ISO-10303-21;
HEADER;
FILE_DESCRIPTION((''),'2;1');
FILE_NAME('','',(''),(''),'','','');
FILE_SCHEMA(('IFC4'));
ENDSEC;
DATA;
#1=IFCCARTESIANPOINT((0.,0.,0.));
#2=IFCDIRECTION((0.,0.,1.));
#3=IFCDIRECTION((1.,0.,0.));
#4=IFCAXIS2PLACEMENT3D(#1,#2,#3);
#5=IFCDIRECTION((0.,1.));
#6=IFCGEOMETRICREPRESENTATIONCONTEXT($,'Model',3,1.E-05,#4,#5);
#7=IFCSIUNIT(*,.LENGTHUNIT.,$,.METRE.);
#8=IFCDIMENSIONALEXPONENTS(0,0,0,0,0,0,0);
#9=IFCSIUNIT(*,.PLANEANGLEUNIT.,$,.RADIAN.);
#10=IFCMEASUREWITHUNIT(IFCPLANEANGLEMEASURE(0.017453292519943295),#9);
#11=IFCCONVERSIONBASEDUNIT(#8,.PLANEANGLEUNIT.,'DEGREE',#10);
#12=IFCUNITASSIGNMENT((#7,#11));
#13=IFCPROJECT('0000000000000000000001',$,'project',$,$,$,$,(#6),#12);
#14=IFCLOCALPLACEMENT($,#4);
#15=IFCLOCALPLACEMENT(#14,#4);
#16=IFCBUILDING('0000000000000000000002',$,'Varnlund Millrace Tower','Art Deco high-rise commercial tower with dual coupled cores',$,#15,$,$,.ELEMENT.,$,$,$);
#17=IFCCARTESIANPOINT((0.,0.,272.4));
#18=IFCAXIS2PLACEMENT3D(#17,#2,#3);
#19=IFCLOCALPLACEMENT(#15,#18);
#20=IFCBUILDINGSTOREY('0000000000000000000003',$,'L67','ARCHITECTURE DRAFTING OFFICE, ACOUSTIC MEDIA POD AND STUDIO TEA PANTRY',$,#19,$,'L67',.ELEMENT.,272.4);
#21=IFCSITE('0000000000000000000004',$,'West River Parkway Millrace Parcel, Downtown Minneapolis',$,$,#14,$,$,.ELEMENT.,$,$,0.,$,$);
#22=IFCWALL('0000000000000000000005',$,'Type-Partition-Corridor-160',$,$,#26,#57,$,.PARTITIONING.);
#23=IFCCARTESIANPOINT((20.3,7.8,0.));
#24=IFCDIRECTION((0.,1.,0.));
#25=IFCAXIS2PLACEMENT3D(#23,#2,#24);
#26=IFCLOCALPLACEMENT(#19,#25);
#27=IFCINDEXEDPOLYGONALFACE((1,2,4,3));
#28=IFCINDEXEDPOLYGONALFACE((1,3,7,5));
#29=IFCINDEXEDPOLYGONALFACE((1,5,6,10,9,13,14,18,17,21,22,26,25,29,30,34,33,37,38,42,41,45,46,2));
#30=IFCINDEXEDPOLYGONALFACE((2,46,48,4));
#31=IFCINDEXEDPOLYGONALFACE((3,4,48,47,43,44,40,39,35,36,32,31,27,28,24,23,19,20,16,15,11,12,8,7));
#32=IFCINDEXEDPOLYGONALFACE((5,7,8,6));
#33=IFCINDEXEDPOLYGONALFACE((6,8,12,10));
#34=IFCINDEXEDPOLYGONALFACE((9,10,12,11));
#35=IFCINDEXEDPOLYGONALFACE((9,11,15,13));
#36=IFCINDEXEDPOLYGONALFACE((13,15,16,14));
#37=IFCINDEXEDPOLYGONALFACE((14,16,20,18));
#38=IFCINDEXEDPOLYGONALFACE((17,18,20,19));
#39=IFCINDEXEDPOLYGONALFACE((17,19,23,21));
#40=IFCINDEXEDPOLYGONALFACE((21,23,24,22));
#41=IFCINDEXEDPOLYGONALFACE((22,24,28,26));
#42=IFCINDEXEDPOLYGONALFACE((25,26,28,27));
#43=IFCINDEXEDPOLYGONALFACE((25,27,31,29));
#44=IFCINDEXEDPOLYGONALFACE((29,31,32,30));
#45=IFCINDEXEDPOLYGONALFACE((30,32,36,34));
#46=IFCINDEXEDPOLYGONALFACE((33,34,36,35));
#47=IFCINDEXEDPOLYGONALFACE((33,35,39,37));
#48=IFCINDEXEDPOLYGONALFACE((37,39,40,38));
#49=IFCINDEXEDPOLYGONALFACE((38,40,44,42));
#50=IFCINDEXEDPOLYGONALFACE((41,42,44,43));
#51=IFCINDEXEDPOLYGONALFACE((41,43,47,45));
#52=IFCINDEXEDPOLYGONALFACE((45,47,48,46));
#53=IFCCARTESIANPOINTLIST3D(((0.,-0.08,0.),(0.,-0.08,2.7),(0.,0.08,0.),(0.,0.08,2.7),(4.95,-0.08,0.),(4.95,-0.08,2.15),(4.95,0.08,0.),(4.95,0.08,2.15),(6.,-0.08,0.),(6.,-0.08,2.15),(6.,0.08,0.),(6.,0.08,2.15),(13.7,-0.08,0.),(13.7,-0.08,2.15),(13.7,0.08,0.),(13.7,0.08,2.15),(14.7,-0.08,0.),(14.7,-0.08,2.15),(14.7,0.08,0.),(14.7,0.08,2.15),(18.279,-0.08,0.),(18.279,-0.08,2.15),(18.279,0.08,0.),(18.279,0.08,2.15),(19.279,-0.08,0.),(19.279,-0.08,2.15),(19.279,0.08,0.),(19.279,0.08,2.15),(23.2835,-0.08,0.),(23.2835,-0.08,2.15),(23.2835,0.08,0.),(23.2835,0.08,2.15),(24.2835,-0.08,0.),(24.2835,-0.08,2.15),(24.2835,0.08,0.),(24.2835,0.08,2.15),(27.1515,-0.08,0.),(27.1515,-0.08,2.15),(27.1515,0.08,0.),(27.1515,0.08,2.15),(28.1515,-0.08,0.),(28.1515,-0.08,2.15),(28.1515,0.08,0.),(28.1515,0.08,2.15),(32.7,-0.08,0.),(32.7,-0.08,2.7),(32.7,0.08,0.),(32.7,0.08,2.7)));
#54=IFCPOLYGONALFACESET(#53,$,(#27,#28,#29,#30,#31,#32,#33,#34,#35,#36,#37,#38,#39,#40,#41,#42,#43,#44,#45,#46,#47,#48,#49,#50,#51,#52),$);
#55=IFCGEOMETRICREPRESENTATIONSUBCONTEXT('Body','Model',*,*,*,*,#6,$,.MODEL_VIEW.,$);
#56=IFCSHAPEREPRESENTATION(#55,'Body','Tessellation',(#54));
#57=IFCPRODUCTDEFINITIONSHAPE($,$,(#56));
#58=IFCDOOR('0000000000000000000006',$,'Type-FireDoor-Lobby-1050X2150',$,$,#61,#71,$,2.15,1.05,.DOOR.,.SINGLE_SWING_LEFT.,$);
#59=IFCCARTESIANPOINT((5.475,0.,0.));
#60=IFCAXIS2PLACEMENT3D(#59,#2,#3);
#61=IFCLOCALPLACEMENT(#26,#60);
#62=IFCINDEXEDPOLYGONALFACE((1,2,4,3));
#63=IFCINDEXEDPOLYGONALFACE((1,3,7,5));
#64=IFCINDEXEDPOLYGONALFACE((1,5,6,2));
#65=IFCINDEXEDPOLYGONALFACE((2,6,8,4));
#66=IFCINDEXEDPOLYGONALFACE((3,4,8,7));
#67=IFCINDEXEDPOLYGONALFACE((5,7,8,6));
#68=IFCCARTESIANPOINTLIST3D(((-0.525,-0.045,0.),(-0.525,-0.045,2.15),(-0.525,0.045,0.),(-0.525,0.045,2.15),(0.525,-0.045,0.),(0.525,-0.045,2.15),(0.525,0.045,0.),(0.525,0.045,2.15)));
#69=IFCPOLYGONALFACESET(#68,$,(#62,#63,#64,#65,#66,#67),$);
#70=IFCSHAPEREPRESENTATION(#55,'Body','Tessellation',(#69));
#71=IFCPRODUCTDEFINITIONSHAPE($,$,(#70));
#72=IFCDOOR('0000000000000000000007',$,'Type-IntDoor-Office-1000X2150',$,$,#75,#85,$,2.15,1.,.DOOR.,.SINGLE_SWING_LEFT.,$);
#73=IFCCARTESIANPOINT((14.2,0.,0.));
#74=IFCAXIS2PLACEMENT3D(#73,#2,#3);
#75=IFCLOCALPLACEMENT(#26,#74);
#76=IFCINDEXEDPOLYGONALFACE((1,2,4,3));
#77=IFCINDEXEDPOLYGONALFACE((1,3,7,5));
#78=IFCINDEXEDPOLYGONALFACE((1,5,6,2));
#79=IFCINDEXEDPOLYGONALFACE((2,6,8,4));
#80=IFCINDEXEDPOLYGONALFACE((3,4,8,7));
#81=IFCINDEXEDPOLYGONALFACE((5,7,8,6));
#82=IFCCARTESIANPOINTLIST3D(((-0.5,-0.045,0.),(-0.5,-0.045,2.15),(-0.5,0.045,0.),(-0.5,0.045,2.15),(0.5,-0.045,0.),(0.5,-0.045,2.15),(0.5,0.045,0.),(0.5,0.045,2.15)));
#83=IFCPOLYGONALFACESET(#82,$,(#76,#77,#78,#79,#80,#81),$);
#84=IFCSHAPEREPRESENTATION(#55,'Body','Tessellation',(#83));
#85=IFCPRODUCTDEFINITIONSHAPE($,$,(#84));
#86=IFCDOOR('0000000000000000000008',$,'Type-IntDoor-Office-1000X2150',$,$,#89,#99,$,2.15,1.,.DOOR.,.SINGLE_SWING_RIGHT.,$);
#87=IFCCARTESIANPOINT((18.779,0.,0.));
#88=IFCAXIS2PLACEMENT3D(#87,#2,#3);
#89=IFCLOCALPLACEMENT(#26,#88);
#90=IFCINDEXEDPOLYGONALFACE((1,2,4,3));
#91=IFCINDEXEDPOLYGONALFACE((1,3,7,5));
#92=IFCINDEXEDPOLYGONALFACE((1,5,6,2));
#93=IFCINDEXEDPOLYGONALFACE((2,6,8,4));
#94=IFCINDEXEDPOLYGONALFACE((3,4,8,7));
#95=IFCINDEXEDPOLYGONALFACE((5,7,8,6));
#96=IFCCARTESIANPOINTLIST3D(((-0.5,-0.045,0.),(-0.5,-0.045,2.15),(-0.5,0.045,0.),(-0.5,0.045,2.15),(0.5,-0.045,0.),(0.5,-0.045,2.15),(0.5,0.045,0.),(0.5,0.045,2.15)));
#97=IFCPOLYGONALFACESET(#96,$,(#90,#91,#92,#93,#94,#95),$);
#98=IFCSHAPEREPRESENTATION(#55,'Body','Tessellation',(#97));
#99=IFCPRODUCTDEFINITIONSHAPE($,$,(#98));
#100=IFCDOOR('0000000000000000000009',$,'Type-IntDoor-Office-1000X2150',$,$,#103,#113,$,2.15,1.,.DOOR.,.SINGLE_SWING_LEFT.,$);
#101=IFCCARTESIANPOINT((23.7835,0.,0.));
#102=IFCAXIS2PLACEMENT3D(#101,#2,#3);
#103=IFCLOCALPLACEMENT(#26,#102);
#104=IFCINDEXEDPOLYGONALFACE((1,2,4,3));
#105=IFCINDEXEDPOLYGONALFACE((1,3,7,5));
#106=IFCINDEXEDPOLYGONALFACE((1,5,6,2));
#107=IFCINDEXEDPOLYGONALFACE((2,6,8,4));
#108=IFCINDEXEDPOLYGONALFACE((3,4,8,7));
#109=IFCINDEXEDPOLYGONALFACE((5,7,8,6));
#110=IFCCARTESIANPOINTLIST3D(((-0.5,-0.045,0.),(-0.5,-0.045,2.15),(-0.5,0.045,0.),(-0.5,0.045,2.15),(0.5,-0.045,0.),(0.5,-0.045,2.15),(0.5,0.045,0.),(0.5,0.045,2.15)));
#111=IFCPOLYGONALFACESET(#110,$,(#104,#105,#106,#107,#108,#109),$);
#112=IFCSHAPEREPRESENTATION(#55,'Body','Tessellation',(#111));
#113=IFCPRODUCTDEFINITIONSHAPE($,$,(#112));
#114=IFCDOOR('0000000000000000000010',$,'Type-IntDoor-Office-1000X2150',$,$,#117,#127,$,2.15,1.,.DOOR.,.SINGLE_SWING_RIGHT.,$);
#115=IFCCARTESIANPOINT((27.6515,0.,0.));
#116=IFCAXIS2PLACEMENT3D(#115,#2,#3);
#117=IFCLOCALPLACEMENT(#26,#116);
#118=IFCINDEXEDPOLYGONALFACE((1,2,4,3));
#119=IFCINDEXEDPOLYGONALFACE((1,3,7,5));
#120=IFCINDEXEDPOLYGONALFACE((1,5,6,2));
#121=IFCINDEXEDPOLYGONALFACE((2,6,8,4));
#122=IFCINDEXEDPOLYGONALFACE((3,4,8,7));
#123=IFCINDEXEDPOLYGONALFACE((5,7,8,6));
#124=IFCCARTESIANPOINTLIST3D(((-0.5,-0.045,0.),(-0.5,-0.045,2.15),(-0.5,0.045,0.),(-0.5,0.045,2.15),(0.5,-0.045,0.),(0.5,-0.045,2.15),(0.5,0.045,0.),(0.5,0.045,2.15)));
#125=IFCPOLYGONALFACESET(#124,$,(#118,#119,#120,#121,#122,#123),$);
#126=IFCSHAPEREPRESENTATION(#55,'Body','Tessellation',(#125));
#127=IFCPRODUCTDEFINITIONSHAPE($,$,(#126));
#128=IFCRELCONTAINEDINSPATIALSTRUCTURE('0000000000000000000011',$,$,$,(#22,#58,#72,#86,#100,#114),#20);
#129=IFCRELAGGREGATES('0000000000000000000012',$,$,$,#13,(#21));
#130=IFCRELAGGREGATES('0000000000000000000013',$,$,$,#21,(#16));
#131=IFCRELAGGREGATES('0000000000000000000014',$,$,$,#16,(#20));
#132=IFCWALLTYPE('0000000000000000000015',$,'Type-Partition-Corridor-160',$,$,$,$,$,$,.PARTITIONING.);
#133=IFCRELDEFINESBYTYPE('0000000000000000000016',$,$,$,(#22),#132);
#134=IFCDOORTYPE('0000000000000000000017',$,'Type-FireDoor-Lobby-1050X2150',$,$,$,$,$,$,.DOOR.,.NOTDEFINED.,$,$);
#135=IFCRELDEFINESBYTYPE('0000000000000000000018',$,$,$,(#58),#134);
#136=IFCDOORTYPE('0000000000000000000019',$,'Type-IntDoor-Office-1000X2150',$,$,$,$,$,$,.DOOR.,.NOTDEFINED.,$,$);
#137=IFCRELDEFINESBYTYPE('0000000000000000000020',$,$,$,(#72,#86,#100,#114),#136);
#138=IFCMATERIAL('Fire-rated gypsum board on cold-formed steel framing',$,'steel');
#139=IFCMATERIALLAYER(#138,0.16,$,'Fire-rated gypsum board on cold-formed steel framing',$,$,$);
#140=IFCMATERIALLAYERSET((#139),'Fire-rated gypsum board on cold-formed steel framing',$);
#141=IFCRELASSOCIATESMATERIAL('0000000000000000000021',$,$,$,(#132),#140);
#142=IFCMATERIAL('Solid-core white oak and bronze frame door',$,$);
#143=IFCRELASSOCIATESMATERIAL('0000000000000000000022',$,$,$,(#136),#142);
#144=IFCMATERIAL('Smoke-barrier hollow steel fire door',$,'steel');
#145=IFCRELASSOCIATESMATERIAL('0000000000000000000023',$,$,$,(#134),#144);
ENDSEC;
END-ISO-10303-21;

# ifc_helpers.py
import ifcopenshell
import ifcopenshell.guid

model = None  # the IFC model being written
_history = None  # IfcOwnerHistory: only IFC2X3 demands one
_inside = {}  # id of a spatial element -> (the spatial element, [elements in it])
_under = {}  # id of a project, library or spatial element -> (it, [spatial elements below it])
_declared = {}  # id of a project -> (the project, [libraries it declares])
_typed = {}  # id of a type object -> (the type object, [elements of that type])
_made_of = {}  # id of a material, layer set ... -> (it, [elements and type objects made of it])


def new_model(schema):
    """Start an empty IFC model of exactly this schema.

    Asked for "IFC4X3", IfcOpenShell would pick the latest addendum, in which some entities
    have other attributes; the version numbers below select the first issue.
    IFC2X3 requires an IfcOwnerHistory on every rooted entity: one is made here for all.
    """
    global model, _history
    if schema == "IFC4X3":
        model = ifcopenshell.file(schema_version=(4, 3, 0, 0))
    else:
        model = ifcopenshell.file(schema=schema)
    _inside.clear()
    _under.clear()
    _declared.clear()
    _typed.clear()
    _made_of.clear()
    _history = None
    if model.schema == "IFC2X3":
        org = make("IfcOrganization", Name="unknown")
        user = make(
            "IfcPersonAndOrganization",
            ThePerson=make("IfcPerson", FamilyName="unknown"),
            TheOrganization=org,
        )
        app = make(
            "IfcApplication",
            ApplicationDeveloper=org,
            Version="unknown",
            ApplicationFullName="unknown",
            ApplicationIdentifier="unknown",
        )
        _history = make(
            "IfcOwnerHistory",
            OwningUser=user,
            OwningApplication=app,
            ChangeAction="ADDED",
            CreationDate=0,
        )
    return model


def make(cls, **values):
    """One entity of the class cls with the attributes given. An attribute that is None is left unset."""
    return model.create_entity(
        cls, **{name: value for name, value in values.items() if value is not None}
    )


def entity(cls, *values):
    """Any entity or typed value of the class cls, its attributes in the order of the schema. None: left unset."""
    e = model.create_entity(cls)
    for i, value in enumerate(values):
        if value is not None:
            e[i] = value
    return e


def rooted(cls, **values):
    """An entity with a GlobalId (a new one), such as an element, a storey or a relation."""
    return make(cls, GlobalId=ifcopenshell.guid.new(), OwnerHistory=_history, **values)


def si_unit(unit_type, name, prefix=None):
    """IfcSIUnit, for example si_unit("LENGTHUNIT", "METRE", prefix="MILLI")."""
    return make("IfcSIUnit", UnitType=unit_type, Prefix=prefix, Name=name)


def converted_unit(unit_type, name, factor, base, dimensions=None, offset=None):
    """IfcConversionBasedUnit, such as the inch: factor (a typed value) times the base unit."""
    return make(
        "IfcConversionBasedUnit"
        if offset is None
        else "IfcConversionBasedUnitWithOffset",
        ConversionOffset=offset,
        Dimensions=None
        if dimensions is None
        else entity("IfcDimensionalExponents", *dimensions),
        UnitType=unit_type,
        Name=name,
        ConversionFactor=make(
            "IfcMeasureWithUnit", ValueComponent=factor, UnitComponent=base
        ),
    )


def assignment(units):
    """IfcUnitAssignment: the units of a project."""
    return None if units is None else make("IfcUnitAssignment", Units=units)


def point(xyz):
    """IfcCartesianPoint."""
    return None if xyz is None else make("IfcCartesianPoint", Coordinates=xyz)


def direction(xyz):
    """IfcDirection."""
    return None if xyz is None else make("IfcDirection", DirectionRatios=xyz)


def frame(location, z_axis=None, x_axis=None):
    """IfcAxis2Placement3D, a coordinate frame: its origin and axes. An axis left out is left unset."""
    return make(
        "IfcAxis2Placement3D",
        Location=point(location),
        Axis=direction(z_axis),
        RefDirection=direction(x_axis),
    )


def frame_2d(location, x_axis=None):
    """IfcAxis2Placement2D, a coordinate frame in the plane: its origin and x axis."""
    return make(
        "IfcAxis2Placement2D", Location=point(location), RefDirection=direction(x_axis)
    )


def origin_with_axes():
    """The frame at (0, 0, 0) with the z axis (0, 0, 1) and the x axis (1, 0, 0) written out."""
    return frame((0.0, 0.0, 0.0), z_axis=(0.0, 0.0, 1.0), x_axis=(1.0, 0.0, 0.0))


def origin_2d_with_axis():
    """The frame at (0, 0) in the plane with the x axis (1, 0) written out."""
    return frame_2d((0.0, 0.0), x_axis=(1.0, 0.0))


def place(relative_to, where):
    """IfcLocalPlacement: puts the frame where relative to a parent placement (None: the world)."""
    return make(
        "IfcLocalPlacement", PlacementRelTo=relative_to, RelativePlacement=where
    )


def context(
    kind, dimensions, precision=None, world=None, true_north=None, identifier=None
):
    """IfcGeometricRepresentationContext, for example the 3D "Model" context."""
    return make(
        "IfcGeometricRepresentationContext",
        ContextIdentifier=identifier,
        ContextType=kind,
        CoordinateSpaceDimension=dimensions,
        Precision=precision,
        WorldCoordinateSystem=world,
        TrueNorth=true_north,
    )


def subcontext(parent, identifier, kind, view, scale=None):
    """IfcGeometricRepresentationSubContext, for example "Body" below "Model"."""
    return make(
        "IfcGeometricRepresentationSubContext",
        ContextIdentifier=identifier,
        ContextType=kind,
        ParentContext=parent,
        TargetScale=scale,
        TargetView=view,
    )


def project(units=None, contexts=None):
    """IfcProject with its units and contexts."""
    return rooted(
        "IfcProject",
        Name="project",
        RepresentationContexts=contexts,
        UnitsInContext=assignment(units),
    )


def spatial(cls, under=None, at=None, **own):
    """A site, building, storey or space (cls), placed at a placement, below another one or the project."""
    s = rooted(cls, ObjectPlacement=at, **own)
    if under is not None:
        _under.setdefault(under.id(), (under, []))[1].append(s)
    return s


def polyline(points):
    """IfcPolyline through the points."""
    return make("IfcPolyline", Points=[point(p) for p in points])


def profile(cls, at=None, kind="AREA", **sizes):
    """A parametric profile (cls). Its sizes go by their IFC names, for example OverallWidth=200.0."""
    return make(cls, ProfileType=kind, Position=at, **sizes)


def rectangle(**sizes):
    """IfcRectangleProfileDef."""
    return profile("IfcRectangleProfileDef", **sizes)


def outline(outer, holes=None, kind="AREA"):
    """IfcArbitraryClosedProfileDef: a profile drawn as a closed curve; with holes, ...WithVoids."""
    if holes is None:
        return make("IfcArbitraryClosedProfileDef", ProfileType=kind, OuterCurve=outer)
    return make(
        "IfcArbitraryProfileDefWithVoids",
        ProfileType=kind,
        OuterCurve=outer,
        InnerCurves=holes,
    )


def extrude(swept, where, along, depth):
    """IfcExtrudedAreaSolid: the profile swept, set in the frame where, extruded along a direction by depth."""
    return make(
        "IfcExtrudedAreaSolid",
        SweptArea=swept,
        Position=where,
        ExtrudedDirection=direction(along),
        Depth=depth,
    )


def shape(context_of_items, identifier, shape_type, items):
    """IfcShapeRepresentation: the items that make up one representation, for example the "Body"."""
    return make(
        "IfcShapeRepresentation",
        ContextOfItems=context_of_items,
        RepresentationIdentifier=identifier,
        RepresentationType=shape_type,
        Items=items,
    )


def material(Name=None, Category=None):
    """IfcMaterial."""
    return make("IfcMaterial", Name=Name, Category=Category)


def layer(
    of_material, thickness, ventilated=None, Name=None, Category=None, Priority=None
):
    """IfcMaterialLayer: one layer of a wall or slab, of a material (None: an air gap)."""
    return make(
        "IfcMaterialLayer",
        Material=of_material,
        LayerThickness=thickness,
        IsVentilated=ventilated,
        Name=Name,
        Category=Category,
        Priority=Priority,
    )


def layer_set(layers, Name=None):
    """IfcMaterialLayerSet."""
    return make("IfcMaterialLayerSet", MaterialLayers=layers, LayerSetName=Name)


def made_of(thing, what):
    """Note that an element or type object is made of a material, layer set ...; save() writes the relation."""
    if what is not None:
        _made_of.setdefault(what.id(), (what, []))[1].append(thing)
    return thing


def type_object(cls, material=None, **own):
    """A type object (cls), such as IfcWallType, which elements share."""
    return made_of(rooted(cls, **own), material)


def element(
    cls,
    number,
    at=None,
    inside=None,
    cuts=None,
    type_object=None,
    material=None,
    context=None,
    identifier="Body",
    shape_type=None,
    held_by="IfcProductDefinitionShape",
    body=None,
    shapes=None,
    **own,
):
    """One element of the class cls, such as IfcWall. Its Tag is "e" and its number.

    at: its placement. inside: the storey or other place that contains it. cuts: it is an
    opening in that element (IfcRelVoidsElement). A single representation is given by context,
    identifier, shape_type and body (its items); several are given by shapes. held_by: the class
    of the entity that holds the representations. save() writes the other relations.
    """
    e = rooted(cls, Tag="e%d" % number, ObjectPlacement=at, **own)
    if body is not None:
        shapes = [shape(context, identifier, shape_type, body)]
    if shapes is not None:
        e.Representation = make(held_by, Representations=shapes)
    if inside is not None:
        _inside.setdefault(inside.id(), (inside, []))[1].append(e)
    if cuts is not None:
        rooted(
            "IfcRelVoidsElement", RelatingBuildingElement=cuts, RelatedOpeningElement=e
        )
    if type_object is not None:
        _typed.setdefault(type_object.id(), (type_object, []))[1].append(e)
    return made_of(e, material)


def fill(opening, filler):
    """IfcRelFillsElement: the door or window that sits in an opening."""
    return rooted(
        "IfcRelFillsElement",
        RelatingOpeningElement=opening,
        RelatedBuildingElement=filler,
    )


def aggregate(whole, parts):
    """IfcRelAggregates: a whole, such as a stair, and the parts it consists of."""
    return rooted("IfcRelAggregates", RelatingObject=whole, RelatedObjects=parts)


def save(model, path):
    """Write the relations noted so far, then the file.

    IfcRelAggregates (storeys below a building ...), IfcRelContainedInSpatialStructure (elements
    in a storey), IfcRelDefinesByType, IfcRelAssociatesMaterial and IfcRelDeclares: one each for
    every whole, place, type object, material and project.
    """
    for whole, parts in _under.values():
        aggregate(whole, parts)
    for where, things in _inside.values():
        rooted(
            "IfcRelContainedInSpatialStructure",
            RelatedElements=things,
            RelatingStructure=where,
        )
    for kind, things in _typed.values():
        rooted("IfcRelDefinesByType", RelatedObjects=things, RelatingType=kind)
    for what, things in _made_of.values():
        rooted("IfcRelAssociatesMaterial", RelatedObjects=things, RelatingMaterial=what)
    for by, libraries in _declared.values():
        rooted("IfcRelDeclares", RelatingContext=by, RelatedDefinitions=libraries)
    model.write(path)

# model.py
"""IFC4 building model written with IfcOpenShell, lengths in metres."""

from ifc_helpers import new_model, entity, si_unit, converted_unit, direction, frame, origin_with_axes, origin_2d_with_axis, place, context, subcontext, project, spatial, polyline, rectangle, outline, extrude, material, layer, layer_set, type_object, element, fill, save


model = new_model("IFC4")

# Units and contexts
model_context = context("Model", 3, precision=1e-05, world=origin_with_axes(), true_north=direction((0.0, 1.0)))
body_context = subcontext(model_context, "Body", "Model", "MODEL_VIEW")
ifc_project = project(units=[si_unit("LENGTHUNIT", "METRE"), converted_unit("PLANEANGLEUNIT", "DEGREE", entity("IfcPlaneAngleMeasure", 0.017453292519943295), si_unit("PLANEANGLEUNIT", "RADIAN"), dimensions=[0, 0, 0, 0, 0, 0, 0])], contexts=[model_context])

# Site, building, storey
site_placement = place(None, origin_with_axes())
site = spatial("IfcSite", under=ifc_project, at=site_placement, Name="West River Parkway Millrace Parcel, Downtown Minneapolis", CompositionType="ELEMENT", RefElevation=0.0)
building_placement = place(site_placement, origin_with_axes())
building = spatial("IfcBuilding", under=site, at=building_placement, Name="Varnlund Millrace Tower", Description="Art Deco high-rise commercial tower with dual coupled cores", CompositionType="ELEMENT")
storey_placement = place(building_placement, frame((0.0, 0.0, 272.4), z_axis=(0.0, 0.0, 1.0), x_axis=(1.0, 0.0, 0.0)))
storey = spatial("IfcBuildingStorey", under=building, at=storey_placement, Name="L67", Description="ARCHITECTURE DRAFTING OFFICE, ACOUSTIC MEDIA POD AND STUDIO TEA PANTRY", LongName="L67", CompositionType="ELEMENT", Elevation=272.4)

# Shared definitions
ifc_material_1 = material(Name="Fire-rated gypsum board on cold-formed steel framing", Category="steel")
ifc_layer_1 = layer(ifc_material_1, 0.16, Name="Fire-rated gypsum board on cold-formed steel framing")
ifc_layer_set_1 = layer_set([ifc_layer_1], Name="Fire-rated gypsum board on cold-formed steel framing")
wall_type_1 = type_object("IfcWallType", Name="Type-Partition-Corridor-160", PredefinedType="PARTITIONING", material=ifc_layer_set_1)

# Wall, openings, doors
ifc_material_2 = material(Name="Solid-core white oak and bronze frame door")
door_type_1 = type_object("IfcDoorType", Name="Type-IntDoor-Office-1000X2150", OperationType="NOTDEFINED", PredefinedType="DOOR", material=ifc_material_2)
wall_1_placement = place(storey_placement, frame((20.3, 7.8, 0.0), z_axis=(0.0, 0.0, 1.0), x_axis=(0.0, 1.0, 0.0)))
wall_1 = element("IfcWall", 1, at=wall_1_placement, inside=storey, type_object=wall_type_1, Name="Type-Partition-Corridor-160", PredefinedType="PARTITIONING", context=body_context, shape_type="SweptSolid", body=[
    extrude(outline(polyline([(0.0, -0.08), (32.7, -0.08), (32.7, 0.08), (0.0, 0.08), (0.0, -0.08)])), origin_with_axes(), (0.0, 0.0, 1.0), 2.7),
])
opening_1_placement = place(wall_1_placement, frame((14.2, 0.0, 0.0), z_axis=(0.0, 0.0, 1.0), x_axis=(1.0, 0.0, 0.0)))
opening_1 = element("IfcOpeningElement", 2, at=opening_1_placement, cuts=wall_1, PredefinedType="OPENING", context=body_context, shape_type="SweptSolid", body=[
    extrude(rectangle(XDim=1.0, YDim=0.18, at=origin_2d_with_axis()), origin_with_axes(), (0.0, 0.0, 1.0), 2.15),
])
opening_2_placement = place(wall_1_placement, frame((18.779, 0.0, 0.0), z_axis=(0.0, 0.0, 1.0), x_axis=(1.0, 0.0, 0.0)))
opening_2 = element("IfcOpeningElement", 3, at=opening_2_placement, cuts=wall_1, PredefinedType="OPENING", context=body_context, shape_type="SweptSolid", body=[
    extrude(rectangle(XDim=1.0, YDim=0.18, at=origin_2d_with_axis()), origin_with_axes(), (0.0, 0.0, 1.0), 2.15),
])
opening_3_placement = place(wall_1_placement, frame((23.7835, 0.0, 0.0), z_axis=(0.0, 0.0, 1.0), x_axis=(1.0, 0.0, 0.0)))
opening_3 = element("IfcOpeningElement", 4, at=opening_3_placement, cuts=wall_1, PredefinedType="OPENING", context=body_context, shape_type="SweptSolid", body=[
    extrude(rectangle(XDim=1.0, YDim=0.18, at=origin_2d_with_axis()), origin_with_axes(), (0.0, 0.0, 1.0), 2.15),
])
opening_4_placement = place(wall_1_placement, frame((27.6515, 0.0, 0.0), z_axis=(0.0, 0.0, 1.0), x_axis=(1.0, 0.0, 0.0)))
opening_4 = element("IfcOpeningElement", 5, at=opening_4_placement, cuts=wall_1, PredefinedType="OPENING", context=body_context, shape_type="SweptSolid", body=[
    extrude(rectangle(XDim=1.0, YDim=0.18, at=origin_2d_with_axis()), origin_with_axes(), (0.0, 0.0, 1.0), 2.15),
])
opening_5_placement = place(wall_1_placement, frame((5.475, 0.0, 0.0), z_axis=(0.0, 0.0, 1.0), x_axis=(1.0, 0.0, 0.0)))
opening_5 = element("IfcOpeningElement", 6, at=opening_5_placement, cuts=wall_1, PredefinedType="OPENING", context=body_context, shape_type="SweptSolid", body=[
    extrude(rectangle(XDim=1.05, YDim=0.18, at=origin_2d_with_axis()), origin_with_axes(), (0.0, 0.0, 1.0), 2.15),
])
ifc_material_3 = material(Name="Smoke-barrier hollow steel fire door", Category="steel")
door_type_2 = type_object("IfcDoorType", Name="Type-FireDoor-Lobby-1050X2150", OperationType="NOTDEFINED", PredefinedType="DOOR", material=ifc_material_3)
door_1_placement = place(wall_1_placement, frame((5.475, 0.0, 0.0), z_axis=(0.0, 0.0, 1.0), x_axis=(1.0, 0.0, 0.0)))
door_1 = element("IfcDoor", 7, at=door_1_placement, inside=storey, type_object=door_type_2, Name="Type-FireDoor-Lobby-1050X2150", OperationType="SINGLE_SWING_LEFT", OverallHeight=2.15, OverallWidth=1.05, PredefinedType="DOOR", context=body_context, shape_type="SweptSolid", body=[
    extrude(rectangle(XDim=1.05, YDim=0.09, at=origin_2d_with_axis()), origin_with_axes(), (0.0, 0.0, 1.0), 2.15),
])
fill(opening_5, door_1)
door_2_placement = place(wall_1_placement, frame((14.2, 0.0, 0.0), z_axis=(0.0, 0.0, 1.0), x_axis=(1.0, 0.0, 0.0)))
door_2 = element("IfcDoor", 8, at=door_2_placement, inside=storey, type_object=door_type_1, Name="Type-IntDoor-Office-1000X2150", OperationType="SINGLE_SWING_LEFT", OverallHeight=2.15, OverallWidth=1.0, PredefinedType="DOOR", context=body_context, shape_type="SweptSolid", body=[
    extrude(rectangle(XDim=1.0, YDim=0.09, at=origin_2d_with_axis()), origin_with_axes(), (0.0, 0.0, 1.0), 2.15),
])
fill(opening_1, door_2)
door_3_placement = place(wall_1_placement, frame((18.779, 0.0, 0.0), z_axis=(0.0, 0.0, 1.0), x_axis=(1.0, 0.0, 0.0)))
door_3 = element("IfcDoor", 9, at=door_3_placement, inside=storey, type_object=door_type_1, Name="Type-IntDoor-Office-1000X2150", OperationType="SINGLE_SWING_RIGHT", OverallHeight=2.15, OverallWidth=1.0, PredefinedType="DOOR", context=body_context, shape_type="SweptSolid", body=[
    extrude(rectangle(XDim=1.0, YDim=0.09, at=origin_2d_with_axis()), origin_with_axes(), (0.0, 0.0, 1.0), 2.15),
])
fill(opening_2, door_3)
door_4_placement = place(wall_1_placement, frame((23.7835, 0.0, 0.0), z_axis=(0.0, 0.0, 1.0), x_axis=(1.0, 0.0, 0.0)))
door_4 = element("IfcDoor", 10, at=door_4_placement, inside=storey, type_object=door_type_1, Name="Type-IntDoor-Office-1000X2150", OperationType="SINGLE_SWING_LEFT", OverallHeight=2.15, OverallWidth=1.0, PredefinedType="DOOR", context=body_context, shape_type="SweptSolid", body=[
    extrude(rectangle(XDim=1.0, YDim=0.09, at=origin_2d_with_axis()), origin_with_axes(), (0.0, 0.0, 1.0), 2.15),
])
fill(opening_3, door_4)
door_5_placement = place(wall_1_placement, frame((27.6515, 0.0, 0.0), z_axis=(0.0, 0.0, 1.0), x_axis=(1.0, 0.0, 0.0)))
door_5 = element("IfcDoor", 11, at=door_5_placement, inside=storey, type_object=door_type_1, Name="Type-IntDoor-Office-1000X2150", OperationType="SINGLE_SWING_RIGHT", OverallHeight=2.15, OverallWidth=1.0, PredefinedType="DOOR", context=body_context, shape_type="SweptSolid", body=[
    extrude(rectangle(XDim=1.0, YDim=0.09, at=origin_2d_with_axis()), origin_with_axes(), (0.0, 0.0, 1.0), 2.15),
])
fill(opening_4, door_5)

save(model, "model.ifc")
